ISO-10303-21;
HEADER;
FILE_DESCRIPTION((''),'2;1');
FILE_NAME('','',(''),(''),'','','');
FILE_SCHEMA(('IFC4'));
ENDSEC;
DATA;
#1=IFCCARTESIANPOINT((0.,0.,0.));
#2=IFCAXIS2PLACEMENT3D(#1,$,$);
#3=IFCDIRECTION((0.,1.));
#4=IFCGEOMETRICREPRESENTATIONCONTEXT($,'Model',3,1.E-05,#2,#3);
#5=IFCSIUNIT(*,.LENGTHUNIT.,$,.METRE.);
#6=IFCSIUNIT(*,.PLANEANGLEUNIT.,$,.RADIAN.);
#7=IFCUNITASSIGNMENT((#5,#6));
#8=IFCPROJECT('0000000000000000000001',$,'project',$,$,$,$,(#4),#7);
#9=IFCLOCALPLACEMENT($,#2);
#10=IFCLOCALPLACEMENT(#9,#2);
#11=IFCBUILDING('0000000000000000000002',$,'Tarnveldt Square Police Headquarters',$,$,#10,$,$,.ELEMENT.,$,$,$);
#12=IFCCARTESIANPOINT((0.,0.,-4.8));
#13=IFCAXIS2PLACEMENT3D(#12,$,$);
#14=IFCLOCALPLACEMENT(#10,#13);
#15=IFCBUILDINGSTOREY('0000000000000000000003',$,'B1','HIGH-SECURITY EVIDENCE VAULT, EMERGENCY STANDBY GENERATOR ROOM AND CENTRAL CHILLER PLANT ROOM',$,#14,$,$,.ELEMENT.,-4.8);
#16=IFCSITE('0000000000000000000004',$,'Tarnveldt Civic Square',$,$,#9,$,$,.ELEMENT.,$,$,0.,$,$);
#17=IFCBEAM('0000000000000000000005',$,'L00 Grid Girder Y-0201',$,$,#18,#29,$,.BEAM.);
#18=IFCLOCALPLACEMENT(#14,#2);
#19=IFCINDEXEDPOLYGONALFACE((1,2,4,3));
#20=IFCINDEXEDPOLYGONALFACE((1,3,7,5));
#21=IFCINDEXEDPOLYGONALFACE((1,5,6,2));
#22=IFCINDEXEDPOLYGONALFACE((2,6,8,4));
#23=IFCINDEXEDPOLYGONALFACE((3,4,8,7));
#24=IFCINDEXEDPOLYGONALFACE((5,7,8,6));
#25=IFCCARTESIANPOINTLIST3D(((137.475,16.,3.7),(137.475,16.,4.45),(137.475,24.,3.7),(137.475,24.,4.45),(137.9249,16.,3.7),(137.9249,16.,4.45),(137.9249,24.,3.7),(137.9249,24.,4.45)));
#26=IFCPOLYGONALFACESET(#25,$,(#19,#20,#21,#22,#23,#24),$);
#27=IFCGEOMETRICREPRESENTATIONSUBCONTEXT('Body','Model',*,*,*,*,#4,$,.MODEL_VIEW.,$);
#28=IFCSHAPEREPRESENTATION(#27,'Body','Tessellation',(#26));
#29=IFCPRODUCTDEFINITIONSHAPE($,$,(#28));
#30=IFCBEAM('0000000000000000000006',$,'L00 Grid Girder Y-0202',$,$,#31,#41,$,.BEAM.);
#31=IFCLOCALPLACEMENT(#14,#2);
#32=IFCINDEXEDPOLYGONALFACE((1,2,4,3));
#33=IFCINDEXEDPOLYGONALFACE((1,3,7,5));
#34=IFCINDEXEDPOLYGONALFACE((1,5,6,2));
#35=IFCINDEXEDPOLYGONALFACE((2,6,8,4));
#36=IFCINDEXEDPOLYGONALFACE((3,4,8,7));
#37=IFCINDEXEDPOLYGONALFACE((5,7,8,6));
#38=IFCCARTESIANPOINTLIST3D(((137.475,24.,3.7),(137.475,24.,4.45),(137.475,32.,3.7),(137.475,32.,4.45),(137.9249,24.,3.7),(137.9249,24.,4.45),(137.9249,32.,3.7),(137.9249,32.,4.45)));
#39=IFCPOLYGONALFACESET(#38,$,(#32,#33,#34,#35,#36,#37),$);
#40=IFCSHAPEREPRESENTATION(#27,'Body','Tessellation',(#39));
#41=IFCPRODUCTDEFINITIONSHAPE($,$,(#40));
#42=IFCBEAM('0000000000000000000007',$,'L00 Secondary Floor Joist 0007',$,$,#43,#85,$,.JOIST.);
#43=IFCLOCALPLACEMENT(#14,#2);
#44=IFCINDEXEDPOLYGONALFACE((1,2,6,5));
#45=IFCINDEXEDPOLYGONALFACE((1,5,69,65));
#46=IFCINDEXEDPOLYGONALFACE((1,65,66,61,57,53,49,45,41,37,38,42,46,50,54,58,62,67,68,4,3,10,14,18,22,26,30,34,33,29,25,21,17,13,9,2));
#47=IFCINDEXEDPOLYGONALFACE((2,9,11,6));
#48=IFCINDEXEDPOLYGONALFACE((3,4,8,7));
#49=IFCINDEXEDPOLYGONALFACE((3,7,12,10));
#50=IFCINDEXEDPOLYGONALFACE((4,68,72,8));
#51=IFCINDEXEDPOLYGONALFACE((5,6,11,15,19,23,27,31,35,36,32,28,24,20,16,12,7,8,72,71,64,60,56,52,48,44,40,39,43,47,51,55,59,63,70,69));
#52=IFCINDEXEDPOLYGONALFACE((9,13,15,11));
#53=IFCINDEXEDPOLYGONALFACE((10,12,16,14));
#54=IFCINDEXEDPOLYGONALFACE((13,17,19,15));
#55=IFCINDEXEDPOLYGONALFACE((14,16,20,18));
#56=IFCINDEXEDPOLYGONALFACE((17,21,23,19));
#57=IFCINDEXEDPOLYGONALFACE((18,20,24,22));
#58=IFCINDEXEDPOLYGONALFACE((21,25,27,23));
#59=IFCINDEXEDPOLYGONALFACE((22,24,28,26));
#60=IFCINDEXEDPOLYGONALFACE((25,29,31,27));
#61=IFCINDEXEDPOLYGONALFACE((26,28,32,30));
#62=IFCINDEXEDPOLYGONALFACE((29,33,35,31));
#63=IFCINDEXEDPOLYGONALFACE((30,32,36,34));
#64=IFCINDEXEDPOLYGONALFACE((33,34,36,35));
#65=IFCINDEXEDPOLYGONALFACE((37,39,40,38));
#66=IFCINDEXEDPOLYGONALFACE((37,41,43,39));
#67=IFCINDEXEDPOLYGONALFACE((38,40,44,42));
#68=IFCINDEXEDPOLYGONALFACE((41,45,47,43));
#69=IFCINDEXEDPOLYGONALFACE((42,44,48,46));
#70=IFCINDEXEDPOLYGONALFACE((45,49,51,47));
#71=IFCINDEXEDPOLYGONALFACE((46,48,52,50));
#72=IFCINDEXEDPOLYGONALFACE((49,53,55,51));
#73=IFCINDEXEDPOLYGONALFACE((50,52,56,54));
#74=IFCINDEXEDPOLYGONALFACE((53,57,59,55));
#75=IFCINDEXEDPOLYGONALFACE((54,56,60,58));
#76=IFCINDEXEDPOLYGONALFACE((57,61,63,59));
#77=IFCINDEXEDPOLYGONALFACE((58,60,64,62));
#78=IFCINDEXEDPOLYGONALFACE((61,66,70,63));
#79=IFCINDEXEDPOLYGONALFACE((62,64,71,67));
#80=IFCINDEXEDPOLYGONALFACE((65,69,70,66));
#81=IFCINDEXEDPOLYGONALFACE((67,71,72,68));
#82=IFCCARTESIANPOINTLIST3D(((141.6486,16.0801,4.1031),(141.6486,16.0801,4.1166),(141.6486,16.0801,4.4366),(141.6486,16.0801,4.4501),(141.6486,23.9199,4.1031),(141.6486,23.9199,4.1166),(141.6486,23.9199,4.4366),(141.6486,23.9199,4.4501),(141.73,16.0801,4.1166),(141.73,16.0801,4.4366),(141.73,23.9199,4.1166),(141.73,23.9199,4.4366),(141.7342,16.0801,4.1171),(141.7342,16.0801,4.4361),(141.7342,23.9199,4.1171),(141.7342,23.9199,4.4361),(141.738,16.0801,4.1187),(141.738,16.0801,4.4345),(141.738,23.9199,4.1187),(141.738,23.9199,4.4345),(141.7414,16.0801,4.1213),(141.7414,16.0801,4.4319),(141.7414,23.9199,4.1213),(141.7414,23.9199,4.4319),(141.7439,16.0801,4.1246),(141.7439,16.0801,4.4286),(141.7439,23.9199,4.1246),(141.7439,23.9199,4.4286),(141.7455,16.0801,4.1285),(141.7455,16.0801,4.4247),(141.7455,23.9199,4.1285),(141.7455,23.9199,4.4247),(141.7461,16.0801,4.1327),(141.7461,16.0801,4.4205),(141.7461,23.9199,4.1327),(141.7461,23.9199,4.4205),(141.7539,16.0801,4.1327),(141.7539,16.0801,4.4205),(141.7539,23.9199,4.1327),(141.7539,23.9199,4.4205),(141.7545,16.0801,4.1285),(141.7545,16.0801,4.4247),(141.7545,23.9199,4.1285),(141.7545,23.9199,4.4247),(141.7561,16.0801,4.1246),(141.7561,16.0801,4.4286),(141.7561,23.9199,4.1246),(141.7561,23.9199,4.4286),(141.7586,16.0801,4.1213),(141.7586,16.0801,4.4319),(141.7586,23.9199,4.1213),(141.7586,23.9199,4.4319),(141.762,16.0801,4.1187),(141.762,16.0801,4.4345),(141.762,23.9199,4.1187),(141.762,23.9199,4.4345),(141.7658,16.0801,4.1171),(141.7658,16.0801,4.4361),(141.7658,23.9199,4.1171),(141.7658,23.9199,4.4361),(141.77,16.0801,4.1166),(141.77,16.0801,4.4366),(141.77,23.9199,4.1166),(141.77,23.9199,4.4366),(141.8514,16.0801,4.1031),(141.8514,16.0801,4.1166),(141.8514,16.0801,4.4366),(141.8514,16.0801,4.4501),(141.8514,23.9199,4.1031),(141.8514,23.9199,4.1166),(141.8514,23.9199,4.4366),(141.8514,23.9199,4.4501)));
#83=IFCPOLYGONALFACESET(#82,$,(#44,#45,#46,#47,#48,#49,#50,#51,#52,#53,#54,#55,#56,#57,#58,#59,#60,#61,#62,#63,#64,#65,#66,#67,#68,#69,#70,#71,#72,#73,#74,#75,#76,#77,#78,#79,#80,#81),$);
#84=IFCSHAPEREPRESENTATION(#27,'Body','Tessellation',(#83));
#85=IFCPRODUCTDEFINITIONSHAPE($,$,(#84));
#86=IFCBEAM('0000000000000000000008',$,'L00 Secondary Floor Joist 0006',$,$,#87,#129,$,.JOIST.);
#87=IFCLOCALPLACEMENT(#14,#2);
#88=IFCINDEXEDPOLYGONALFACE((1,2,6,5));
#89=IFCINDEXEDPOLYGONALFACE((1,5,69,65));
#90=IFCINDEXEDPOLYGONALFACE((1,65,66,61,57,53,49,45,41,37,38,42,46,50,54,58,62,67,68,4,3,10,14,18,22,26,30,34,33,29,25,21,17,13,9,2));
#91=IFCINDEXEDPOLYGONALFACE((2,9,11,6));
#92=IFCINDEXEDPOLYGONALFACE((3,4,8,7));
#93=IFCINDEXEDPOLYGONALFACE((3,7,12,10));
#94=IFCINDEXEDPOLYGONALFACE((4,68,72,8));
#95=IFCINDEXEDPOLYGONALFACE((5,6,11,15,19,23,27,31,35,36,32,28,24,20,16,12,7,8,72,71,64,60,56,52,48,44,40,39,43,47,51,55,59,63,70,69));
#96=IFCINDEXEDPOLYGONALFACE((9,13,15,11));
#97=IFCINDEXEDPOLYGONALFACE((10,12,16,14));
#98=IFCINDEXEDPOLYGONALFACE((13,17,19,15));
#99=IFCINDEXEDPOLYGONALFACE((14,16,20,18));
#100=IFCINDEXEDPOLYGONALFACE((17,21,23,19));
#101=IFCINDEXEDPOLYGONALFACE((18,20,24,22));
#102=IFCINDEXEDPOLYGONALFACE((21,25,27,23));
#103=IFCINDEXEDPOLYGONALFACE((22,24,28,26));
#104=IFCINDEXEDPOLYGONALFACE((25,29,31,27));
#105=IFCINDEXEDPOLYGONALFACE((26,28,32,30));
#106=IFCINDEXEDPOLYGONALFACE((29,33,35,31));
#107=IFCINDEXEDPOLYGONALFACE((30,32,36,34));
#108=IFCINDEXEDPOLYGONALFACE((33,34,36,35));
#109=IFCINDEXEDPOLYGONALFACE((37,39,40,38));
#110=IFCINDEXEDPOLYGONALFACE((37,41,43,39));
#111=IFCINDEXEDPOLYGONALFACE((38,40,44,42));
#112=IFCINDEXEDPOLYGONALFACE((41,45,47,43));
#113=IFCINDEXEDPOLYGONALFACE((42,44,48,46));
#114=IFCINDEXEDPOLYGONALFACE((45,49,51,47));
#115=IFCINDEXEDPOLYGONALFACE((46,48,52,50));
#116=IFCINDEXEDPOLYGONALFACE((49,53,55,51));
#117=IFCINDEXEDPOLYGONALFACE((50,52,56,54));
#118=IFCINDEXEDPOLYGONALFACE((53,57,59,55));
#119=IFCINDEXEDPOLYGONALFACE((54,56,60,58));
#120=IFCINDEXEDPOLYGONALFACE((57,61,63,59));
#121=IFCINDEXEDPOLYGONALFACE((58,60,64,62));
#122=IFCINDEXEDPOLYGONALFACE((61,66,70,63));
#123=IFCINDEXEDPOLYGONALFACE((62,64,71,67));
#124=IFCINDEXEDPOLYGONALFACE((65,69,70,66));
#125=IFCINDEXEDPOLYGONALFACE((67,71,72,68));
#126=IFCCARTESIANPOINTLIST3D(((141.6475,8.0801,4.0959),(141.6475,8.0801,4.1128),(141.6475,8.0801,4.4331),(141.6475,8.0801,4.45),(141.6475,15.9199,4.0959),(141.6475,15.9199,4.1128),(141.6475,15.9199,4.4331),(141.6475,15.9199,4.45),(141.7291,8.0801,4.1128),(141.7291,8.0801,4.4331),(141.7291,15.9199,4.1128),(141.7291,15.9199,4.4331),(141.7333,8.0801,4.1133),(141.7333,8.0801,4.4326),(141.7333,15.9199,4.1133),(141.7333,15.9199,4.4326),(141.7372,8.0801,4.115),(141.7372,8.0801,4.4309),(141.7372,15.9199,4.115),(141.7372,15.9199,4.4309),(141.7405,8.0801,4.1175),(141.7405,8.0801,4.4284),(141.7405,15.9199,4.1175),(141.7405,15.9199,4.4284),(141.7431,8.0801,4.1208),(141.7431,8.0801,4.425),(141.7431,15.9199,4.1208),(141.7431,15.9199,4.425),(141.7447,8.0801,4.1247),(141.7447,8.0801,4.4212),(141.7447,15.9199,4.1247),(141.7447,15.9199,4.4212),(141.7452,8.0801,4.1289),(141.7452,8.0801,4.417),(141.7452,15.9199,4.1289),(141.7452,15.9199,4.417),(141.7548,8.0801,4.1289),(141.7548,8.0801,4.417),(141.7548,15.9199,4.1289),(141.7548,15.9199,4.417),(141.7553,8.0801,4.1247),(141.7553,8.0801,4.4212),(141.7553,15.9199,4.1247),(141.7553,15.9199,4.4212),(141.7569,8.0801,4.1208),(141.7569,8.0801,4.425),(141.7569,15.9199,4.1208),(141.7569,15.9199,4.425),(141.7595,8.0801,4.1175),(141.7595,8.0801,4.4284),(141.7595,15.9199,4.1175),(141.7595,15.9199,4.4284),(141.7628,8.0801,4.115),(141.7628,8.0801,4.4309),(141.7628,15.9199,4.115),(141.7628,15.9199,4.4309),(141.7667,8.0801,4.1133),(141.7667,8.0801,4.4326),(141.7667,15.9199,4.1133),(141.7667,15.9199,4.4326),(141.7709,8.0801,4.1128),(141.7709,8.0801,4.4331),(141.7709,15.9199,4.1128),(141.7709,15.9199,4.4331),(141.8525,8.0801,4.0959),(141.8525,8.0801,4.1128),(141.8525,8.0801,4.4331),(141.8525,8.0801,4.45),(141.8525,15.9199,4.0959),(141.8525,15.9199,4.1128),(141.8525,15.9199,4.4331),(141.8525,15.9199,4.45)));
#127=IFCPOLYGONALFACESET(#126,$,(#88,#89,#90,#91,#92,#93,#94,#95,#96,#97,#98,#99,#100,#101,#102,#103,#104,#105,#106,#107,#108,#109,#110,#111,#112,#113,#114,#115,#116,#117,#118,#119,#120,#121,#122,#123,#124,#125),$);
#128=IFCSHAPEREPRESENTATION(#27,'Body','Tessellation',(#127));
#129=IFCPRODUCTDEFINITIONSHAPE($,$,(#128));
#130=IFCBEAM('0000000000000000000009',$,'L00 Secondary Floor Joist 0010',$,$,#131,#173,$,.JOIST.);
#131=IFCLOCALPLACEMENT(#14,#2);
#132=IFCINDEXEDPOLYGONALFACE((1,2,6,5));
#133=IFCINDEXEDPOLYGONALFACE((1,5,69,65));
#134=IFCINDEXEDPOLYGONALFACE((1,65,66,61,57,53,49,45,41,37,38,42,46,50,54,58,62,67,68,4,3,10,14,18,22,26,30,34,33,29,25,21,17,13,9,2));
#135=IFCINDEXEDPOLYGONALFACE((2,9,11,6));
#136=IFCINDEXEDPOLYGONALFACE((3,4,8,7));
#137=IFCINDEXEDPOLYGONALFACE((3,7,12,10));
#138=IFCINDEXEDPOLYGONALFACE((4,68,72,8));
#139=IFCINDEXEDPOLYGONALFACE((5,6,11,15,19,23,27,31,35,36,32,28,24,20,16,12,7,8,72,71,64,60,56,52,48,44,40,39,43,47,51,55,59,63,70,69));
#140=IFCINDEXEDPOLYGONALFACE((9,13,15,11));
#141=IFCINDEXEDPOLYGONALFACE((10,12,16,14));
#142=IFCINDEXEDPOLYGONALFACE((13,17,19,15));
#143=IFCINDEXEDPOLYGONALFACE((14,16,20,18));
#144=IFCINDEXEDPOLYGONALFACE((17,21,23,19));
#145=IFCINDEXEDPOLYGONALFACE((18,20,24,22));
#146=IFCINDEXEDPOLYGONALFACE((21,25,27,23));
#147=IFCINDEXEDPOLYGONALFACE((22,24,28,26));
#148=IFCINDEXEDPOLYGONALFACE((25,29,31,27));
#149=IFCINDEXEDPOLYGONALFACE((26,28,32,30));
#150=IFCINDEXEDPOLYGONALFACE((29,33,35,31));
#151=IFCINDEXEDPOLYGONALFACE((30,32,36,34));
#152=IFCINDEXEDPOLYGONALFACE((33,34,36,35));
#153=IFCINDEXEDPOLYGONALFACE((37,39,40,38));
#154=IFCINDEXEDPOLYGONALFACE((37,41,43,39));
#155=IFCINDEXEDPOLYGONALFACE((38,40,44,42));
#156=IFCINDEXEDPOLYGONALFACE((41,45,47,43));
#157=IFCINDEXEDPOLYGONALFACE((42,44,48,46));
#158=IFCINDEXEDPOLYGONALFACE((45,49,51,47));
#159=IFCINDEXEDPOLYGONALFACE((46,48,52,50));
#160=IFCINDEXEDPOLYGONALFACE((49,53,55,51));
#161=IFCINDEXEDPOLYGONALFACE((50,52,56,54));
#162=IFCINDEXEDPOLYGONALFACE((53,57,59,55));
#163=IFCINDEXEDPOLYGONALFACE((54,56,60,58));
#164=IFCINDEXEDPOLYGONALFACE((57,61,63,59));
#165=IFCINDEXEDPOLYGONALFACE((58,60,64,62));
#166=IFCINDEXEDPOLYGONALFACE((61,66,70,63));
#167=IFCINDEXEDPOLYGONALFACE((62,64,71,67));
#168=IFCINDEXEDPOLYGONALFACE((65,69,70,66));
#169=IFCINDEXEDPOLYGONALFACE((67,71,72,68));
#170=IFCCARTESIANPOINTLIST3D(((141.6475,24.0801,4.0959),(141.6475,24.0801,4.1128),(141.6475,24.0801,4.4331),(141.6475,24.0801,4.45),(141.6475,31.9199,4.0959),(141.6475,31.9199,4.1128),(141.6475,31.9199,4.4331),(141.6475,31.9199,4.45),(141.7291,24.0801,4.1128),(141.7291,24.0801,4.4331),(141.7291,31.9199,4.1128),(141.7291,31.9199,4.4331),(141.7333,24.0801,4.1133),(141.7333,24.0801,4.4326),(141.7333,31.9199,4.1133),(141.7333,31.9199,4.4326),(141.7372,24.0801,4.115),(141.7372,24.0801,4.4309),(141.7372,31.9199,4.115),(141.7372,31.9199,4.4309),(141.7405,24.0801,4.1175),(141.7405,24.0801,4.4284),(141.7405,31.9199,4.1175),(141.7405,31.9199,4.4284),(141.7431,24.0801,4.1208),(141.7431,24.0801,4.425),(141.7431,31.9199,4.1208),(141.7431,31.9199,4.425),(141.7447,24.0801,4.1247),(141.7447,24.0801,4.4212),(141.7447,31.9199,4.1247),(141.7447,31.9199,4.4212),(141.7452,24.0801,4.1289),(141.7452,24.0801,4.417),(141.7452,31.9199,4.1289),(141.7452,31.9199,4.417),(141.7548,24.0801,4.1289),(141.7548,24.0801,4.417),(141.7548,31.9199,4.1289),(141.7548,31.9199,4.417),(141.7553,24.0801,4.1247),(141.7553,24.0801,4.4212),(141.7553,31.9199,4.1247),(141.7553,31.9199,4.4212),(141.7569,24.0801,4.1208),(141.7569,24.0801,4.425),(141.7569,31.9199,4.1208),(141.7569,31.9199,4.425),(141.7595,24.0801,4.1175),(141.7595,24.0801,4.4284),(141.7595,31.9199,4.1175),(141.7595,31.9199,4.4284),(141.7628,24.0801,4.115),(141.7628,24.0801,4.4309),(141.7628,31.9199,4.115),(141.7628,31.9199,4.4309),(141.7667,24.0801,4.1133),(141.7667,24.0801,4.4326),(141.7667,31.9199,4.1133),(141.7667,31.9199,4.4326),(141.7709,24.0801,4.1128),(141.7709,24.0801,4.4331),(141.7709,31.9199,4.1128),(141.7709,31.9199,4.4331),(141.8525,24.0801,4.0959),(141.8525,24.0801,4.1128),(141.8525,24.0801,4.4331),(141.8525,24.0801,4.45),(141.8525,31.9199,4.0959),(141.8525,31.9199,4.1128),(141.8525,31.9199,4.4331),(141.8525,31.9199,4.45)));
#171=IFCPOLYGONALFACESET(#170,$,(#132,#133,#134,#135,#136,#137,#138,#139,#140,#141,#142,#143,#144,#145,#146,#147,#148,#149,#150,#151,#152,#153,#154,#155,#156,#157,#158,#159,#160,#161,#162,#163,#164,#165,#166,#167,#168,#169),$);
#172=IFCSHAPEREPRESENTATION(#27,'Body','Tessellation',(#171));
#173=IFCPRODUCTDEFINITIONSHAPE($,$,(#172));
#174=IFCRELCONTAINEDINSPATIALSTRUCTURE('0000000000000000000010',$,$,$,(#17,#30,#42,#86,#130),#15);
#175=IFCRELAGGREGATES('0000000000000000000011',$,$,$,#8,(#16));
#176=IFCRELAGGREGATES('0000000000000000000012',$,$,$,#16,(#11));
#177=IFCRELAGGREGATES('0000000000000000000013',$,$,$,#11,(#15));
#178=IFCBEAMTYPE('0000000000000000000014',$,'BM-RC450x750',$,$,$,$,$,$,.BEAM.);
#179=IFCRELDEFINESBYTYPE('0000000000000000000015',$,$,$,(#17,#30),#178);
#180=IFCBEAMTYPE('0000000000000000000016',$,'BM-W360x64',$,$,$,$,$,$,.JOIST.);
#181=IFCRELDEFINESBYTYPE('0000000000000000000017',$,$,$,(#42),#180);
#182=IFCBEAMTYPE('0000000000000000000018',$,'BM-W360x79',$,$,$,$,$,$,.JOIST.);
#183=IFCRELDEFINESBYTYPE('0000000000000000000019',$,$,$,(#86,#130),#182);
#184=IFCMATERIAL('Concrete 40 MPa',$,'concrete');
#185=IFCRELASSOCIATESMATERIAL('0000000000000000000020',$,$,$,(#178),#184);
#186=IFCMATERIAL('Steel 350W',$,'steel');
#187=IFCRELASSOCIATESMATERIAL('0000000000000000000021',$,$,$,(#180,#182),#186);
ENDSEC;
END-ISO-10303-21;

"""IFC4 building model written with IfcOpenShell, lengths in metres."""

from ifc_helpers import new_model, si_unit, direction, frame, origin, origin_2d, place, context, subcontext, project, spatial, rectangle, i_section, extrude, material, material_profile, profile_set, type_object, element, save


model = new_model("IFC4")

# Units and contexts
model_context = context("Model", 3, precision=1e-05, world=origin(), true_north=direction((0.0, 1.0)))
body_context = subcontext(model_context, "Body", "Model", "MODEL_VIEW")
ifc_project = project(units=[si_unit("LENGTHUNIT", "METRE"), si_unit("PLANEANGLEUNIT", "RADIAN")], contexts=[model_context])

# Site, building, storey
site_placement = place(None, origin())
site = spatial("IfcSite", under=ifc_project, at=site_placement, Name="Tarnveldt Civic Square", CompositionType="ELEMENT", RefElevation=0.0)
building_placement = place(site_placement, origin())
building = spatial("IfcBuilding", under=site, at=building_placement, Name="Tarnveldt Square Police Headquarters", CompositionType="ELEMENT")
storey_placement = place(building_placement, frame((0.0, 0.0, -4.8)))
storey = spatial("IfcBuildingStorey", under=building, at=storey_placement, Name="B1", Description="HIGH-SECURITY EVIDENCE VAULT, EMERGENCY STANDBY GENERATOR ROOM AND CENTRAL CHILLER PLANT ROOM", CompositionType="ELEMENT", Elevation=-4.8)

# Shared definitions
ifc_material_1 = material(Name="Concrete 40 MPa", Category="concrete")

# Beams
ifc_material_profile_1 = material_profile(ifc_material_1, rectangle(XDim=0.45, YDim=0.75, at=origin_2d()), Name="RC-B450x750")
ifc_profile_set_1 = profile_set([ifc_material_profile_1], Name="Concrete 40 MPa")
beam_type_1 = type_object("IfcBeamType", Name="BM-RC450x750", PredefinedType="BEAM", material=ifc_profile_set_1)
for number, where, z_axis, x_axis, name in (
    (1, (137.7, 16.0, 4.075), (0.0, 1.0, 0.0), (-1.0, 0.0, 0.0), "L00 Grid Girder Y-0201"),
    (2, (137.7, 24.0, 4.075), (0.0, 1.0, 0.0), (-1.0, 0.0, 0.0), "L00 Grid Girder Y-0202"),
):
    element("IfcBeam", number, at=place(storey_placement, frame(where, z_axis=z_axis, x_axis=x_axis)), inside=storey, type_object=beam_type_1, Name=name, PredefinedType="BEAM", context=body_context, shape_type="SweptSolid", body=[
        extrude(rectangle(XDim=0.45, YDim=0.75, at=origin_2d()), origin(), (0.0, 0.0, 1.0), 8.0),
    ])
ifc_material_2 = material(Name="Steel 350W", Category="steel")
ifc_material_profile_2 = material_profile(ifc_material_2, i_section(OverallWidth=0.2029, OverallDepth=0.3469, WebThickness=0.0078, FlangeThickness=0.0134, FilletRadius=0.0161, at=origin_2d()), Name="W360x64")
ifc_profile_set_2 = profile_set([ifc_material_profile_2], Name="Steel 350W")
beam_type_2 = type_object("IfcBeamType", Name="BM-W360x64", PredefinedType="JOIST", material=ifc_profile_set_2)
beam_1_placement = place(storey_placement, frame((141.75, 16.0801, 4.2766), z_axis=(0.0, 1.0, 0.0), x_axis=(-1.0, 0.0, 0.0)))
element("IfcBeam", 3, at=beam_1_placement, inside=storey, type_object=beam_type_2, Name="L00 Secondary Floor Joist 0007", PredefinedType="JOIST", context=body_context, shape_type="SweptSolid", body=[
    extrude(i_section(OverallWidth=0.2029, OverallDepth=0.3469, WebThickness=0.0078, FlangeThickness=0.0134, FilletRadius=0.0161, at=origin_2d()), origin(), (0.0, 0.0, 1.0), 7.8398),
])
ifc_material_profile_3 = material_profile(ifc_material_2, i_section(OverallWidth=0.2051, OverallDepth=0.354, WebThickness=0.0095, FlangeThickness=0.0168, FilletRadius=0.0161, at=origin_2d()), Name="W360x79")
ifc_profile_set_3 = profile_set([ifc_material_profile_3], Name="Steel 350W")
beam_type_3 = type_object("IfcBeamType", Name="BM-W360x79", PredefinedType="JOIST", material=ifc_profile_set_3)
for number, where, z_axis, x_axis, name in (
    (4, (141.75, 8.0801, 4.2729), (0.0, 1.0, 0.0), (-1.0, 0.0, 0.0), "L00 Secondary Floor Joist 0006"),
    (5, (141.75, 24.0801, 4.2729), (0.0, 1.0, 0.0), (-1.0, 0.0, 0.0), "L00 Secondary Floor Joist 0010"),
):
    element("IfcBeam", number, at=place(storey_placement, frame(where, z_axis=z_axis, x_axis=x_axis)), inside=storey, type_object=beam_type_3, Name=name, PredefinedType="JOIST", context=body_context, shape_type="SweptSolid", body=[
        extrude(i_section(OverallWidth=0.2051, OverallDepth=0.354, WebThickness=0.0095, FlangeThickness=0.0168, FilletRadius=0.0161, at=origin_2d()), origin(), (0.0, 0.0, 1.0), 7.8398),
    ])

save(model, "model.ifc")
